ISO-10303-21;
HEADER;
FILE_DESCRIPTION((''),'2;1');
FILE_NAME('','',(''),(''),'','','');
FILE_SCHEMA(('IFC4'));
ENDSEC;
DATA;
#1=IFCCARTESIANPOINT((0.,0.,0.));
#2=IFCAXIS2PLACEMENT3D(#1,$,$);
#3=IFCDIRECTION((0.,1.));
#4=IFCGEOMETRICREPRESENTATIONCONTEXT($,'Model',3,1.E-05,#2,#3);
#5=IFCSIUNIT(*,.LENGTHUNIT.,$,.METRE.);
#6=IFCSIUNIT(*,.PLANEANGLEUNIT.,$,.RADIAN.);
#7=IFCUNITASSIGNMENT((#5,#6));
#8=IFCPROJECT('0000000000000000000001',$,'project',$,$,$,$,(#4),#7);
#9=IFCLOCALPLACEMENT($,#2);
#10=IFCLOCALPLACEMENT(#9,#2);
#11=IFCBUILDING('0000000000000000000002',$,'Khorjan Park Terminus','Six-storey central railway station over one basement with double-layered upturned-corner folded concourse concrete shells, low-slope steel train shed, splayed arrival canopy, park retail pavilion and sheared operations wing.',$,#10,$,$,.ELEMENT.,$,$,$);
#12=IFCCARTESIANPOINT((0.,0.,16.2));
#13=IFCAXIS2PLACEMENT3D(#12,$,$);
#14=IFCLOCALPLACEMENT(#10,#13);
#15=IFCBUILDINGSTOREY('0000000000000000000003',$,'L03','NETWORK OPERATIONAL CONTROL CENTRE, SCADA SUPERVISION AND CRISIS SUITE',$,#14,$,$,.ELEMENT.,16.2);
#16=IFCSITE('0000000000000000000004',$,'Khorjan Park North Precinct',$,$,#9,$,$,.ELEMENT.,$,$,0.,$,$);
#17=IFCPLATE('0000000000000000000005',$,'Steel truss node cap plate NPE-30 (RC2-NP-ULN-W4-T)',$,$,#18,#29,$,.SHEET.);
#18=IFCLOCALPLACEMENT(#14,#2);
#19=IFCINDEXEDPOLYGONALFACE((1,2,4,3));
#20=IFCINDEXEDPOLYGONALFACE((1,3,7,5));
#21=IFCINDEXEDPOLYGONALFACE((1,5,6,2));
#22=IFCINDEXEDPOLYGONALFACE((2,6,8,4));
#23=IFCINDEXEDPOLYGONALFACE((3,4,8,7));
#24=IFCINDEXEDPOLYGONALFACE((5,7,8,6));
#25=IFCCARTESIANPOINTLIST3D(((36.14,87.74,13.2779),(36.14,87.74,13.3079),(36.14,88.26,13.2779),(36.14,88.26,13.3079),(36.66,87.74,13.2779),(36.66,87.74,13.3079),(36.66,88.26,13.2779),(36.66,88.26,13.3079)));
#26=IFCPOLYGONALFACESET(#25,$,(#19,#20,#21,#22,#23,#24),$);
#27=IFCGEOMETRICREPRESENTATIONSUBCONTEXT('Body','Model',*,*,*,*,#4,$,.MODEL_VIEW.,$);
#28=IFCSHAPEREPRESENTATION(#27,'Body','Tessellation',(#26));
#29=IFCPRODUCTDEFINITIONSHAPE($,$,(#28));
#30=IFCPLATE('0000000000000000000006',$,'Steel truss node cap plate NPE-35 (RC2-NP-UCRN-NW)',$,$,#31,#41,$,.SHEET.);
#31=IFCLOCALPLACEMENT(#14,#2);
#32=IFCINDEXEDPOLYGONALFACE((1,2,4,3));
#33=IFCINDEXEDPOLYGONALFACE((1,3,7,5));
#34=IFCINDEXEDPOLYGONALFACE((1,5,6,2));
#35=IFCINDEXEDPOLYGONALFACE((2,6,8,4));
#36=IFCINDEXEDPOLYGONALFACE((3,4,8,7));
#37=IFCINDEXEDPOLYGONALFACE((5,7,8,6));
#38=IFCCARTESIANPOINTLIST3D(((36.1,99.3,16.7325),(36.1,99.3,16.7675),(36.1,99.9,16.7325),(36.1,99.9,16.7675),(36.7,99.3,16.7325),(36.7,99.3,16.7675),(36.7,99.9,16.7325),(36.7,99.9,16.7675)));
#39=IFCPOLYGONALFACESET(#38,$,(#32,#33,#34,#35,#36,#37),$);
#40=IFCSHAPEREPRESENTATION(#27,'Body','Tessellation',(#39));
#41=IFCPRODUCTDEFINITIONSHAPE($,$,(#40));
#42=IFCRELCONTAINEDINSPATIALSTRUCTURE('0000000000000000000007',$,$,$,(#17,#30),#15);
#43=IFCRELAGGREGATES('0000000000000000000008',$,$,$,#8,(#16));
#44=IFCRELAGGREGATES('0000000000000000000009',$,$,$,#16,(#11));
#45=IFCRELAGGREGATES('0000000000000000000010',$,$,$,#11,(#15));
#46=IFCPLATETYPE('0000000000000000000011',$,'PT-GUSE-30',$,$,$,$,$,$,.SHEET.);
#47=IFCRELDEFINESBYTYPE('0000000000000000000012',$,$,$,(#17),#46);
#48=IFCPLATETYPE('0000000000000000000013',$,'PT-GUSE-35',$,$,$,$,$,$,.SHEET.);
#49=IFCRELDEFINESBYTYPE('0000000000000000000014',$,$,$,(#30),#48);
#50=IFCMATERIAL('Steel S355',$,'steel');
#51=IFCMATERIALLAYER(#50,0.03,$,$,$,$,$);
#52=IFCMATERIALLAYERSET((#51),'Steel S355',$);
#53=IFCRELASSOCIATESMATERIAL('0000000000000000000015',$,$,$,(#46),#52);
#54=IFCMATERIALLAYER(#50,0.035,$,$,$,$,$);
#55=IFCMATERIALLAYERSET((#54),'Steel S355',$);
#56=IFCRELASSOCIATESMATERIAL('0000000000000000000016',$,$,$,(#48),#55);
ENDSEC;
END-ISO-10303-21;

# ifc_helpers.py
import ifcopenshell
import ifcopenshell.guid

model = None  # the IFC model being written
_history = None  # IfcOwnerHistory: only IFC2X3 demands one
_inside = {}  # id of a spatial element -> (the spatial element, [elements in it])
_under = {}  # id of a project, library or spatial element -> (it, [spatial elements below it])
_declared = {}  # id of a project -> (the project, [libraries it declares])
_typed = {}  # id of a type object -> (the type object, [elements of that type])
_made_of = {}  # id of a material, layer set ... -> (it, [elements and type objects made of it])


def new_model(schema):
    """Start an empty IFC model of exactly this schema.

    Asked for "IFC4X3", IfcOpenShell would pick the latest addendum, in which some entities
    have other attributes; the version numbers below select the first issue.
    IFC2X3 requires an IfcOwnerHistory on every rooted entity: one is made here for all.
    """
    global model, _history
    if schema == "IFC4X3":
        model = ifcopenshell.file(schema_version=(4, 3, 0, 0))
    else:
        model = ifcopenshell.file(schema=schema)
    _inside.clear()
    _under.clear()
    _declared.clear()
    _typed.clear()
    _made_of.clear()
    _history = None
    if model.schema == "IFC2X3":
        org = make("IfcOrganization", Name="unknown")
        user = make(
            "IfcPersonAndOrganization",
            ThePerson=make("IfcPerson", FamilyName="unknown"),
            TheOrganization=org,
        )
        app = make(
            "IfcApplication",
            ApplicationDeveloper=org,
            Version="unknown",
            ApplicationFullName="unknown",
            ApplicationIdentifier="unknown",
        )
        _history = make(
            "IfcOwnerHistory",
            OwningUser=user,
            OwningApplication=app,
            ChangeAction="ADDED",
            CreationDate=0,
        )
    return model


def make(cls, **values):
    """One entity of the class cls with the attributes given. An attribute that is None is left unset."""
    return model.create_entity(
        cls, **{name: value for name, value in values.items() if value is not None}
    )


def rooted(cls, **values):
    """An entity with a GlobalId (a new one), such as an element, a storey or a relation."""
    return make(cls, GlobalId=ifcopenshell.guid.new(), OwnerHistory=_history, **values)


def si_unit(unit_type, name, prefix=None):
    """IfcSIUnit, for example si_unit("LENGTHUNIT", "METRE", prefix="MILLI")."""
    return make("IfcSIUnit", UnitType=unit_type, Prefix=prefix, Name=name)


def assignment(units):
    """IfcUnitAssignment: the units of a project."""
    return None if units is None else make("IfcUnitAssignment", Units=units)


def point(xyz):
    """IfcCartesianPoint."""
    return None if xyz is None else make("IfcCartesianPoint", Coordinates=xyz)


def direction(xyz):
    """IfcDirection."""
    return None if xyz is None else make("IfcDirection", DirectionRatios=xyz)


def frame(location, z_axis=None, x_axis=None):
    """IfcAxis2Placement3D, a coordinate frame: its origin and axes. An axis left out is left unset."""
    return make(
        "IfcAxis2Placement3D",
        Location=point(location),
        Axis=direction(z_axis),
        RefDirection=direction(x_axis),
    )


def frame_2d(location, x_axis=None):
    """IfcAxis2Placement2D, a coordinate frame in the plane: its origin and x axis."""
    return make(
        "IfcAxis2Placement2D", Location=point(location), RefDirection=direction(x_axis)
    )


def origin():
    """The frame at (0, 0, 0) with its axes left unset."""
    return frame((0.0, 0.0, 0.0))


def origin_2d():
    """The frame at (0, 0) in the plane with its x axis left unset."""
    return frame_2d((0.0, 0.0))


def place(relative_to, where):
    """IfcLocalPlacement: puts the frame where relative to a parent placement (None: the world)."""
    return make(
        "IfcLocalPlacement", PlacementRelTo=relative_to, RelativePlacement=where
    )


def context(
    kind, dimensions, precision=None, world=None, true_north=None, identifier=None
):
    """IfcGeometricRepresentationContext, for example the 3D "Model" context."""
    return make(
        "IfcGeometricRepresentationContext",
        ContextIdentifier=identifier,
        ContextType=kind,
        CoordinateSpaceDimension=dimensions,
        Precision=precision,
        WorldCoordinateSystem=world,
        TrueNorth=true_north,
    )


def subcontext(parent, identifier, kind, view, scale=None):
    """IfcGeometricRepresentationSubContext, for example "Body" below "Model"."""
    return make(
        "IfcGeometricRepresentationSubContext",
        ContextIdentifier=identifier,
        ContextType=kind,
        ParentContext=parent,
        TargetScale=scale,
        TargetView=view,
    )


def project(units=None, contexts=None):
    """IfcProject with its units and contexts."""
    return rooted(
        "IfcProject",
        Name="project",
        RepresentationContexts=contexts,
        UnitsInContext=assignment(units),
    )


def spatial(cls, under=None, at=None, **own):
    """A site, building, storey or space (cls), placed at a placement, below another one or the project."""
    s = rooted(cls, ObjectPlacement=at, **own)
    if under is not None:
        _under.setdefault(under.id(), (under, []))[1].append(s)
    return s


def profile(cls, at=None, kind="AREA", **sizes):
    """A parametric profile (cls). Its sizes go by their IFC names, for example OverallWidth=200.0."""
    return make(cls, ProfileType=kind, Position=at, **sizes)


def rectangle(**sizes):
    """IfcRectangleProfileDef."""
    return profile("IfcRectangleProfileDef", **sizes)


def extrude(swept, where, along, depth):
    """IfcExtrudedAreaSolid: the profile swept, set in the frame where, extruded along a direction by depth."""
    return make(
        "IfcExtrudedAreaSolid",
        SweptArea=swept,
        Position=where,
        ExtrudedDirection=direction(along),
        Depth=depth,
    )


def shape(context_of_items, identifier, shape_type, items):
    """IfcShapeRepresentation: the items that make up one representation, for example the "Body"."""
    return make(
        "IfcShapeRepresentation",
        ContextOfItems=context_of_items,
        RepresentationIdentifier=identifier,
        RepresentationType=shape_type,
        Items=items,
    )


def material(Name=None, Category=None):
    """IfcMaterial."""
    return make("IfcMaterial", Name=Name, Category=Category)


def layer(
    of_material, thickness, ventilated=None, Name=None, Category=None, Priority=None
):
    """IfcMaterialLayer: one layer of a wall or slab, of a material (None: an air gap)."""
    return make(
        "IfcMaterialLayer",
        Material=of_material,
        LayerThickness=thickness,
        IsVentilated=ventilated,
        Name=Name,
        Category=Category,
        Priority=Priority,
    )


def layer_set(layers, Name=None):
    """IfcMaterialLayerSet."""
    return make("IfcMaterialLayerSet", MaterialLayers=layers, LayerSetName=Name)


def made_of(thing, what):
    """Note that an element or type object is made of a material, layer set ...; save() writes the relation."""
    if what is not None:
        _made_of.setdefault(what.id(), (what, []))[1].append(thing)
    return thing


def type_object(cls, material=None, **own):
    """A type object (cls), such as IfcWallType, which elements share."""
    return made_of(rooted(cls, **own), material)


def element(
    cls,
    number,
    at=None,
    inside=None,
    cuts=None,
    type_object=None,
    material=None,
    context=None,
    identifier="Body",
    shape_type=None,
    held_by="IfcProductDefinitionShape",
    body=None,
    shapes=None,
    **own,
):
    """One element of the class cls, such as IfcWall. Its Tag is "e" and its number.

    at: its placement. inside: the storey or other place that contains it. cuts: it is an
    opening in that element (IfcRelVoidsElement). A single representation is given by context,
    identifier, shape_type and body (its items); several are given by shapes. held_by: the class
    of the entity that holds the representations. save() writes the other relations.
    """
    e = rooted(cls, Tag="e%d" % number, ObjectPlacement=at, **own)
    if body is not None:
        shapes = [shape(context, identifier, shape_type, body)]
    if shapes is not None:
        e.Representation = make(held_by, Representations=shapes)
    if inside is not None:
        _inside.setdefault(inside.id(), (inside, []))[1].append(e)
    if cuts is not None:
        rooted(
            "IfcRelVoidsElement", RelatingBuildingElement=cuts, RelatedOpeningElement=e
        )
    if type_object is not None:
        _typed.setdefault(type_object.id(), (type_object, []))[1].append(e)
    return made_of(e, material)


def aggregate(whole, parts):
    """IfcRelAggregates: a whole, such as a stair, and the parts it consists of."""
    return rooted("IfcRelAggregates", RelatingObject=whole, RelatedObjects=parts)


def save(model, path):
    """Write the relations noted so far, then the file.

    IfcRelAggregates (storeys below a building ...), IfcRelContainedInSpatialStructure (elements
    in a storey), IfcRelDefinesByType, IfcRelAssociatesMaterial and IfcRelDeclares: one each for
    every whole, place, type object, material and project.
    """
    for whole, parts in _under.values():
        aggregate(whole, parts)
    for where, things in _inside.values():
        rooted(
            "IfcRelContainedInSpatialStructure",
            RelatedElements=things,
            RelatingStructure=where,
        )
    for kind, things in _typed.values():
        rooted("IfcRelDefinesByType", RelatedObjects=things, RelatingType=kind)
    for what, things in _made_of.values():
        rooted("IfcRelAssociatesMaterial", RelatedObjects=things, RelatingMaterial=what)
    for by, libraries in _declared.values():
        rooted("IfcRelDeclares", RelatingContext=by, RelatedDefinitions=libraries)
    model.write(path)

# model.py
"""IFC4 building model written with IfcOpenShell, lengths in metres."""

from ifc_helpers import new_model, si_unit, direction, frame, origin, origin_2d, place, context, subcontext, project, spatial, rectangle, extrude, material, layer, layer_set, type_object, element, save


model = new_model("IFC4")

# Units and contexts
model_context = context("Model", 3, precision=1e-05, world=origin(), true_north=direction((0.0, 1.0)))
body_context = subcontext(model_context, "Body", "Model", "MODEL_VIEW")
ifc_project = project(units=[si_unit("LENGTHUNIT", "METRE"), si_unit("PLANEANGLEUNIT", "RADIAN")], contexts=[model_context])

# Site, building, storey
site_placement = place(None, origin())
site = spatial("IfcSite", under=ifc_project, at=site_placement, Name="Khorjan Park North Precinct", CompositionType="ELEMENT", RefElevation=0.0)
building_placement = place(site_placement, origin())
building = spatial("IfcBuilding", under=site, at=building_placement, Name="Khorjan Park Terminus", Description="Six-storey central railway station over one basement with double-layered upturned-corner folded concourse concrete shells, low-slope steel train shed, splayed arrival canopy, park retail pavilion and sheared operations wing.", CompositionType="ELEMENT")
storey_placement = place(building_placement, frame((0.0, 0.0, 16.2)))
storey = spatial("IfcBuildingStorey", under=building, at=storey_placement, Name="L03", Description="NETWORK OPERATIONAL CONTROL CENTRE, SCADA SUPERVISION AND CRISIS SUITE", CompositionType="ELEMENT", Elevation=16.2)

# Shared definitions
ifc_material = material(Name="Steel S355", Category="steel")

# Plates
ifc_layer_1 = layer(ifc_material, 0.03)
ifc_layer_set_1 = layer_set([ifc_layer_1], Name="Steel S355")
plate_type_1 = type_object("IfcPlateType", Name="PT-GUSE-30", PredefinedType="SHEET", material=ifc_layer_set_1)
for number, where, z_axis, x_axis, name in (
    (1, (36.4, 88.0, 13.2779), (0.0, 0.0, 1.0), (1.0, 0.0, 0.0), "Steel truss node cap plate NPE-30 (RC2-NP-ULN-W4-T)"),
):
    element("IfcPlate", number, at=place(storey_placement, frame(where, z_axis=z_axis, x_axis=x_axis)), inside=storey, type_object=plate_type_1, Name=name, PredefinedType="SHEET", context=body_context, shape_type="SweptSolid", body=[
        extrude(rectangle(XDim=0.52, YDim=0.52, at=origin_2d()), origin(), (0.0, 0.0, 1.0), 0.03),
    ])
ifc_layer_2 = layer(ifc_material, 0.035)
ifc_layer_set_2 = layer_set([ifc_layer_2], Name="Steel S355")
plate_type_2 = type_object("IfcPlateType", Name="PT-GUSE-35", PredefinedType="SHEET", material=ifc_layer_set_2)
plate_1_placement = place(storey_placement, frame((36.4, 99.6, 16.7325), z_axis=(0.0, 0.0, 1.0), x_axis=(1.0, 0.0, 0.0)))
element("IfcPlate", 2, at=plate_1_placement, inside=storey, type_object=plate_type_2, Name="Steel truss node cap plate NPE-35 (RC2-NP-UCRN-NW)", PredefinedType="SHEET", context=body_context, shape_type="SweptSolid", body=[
    extrude(rectangle(XDim=0.6, YDim=0.6, at=origin_2d()), origin(), (0.0, 0.0, 1.0), 0.035),
])

save(model, "model.ifc")
